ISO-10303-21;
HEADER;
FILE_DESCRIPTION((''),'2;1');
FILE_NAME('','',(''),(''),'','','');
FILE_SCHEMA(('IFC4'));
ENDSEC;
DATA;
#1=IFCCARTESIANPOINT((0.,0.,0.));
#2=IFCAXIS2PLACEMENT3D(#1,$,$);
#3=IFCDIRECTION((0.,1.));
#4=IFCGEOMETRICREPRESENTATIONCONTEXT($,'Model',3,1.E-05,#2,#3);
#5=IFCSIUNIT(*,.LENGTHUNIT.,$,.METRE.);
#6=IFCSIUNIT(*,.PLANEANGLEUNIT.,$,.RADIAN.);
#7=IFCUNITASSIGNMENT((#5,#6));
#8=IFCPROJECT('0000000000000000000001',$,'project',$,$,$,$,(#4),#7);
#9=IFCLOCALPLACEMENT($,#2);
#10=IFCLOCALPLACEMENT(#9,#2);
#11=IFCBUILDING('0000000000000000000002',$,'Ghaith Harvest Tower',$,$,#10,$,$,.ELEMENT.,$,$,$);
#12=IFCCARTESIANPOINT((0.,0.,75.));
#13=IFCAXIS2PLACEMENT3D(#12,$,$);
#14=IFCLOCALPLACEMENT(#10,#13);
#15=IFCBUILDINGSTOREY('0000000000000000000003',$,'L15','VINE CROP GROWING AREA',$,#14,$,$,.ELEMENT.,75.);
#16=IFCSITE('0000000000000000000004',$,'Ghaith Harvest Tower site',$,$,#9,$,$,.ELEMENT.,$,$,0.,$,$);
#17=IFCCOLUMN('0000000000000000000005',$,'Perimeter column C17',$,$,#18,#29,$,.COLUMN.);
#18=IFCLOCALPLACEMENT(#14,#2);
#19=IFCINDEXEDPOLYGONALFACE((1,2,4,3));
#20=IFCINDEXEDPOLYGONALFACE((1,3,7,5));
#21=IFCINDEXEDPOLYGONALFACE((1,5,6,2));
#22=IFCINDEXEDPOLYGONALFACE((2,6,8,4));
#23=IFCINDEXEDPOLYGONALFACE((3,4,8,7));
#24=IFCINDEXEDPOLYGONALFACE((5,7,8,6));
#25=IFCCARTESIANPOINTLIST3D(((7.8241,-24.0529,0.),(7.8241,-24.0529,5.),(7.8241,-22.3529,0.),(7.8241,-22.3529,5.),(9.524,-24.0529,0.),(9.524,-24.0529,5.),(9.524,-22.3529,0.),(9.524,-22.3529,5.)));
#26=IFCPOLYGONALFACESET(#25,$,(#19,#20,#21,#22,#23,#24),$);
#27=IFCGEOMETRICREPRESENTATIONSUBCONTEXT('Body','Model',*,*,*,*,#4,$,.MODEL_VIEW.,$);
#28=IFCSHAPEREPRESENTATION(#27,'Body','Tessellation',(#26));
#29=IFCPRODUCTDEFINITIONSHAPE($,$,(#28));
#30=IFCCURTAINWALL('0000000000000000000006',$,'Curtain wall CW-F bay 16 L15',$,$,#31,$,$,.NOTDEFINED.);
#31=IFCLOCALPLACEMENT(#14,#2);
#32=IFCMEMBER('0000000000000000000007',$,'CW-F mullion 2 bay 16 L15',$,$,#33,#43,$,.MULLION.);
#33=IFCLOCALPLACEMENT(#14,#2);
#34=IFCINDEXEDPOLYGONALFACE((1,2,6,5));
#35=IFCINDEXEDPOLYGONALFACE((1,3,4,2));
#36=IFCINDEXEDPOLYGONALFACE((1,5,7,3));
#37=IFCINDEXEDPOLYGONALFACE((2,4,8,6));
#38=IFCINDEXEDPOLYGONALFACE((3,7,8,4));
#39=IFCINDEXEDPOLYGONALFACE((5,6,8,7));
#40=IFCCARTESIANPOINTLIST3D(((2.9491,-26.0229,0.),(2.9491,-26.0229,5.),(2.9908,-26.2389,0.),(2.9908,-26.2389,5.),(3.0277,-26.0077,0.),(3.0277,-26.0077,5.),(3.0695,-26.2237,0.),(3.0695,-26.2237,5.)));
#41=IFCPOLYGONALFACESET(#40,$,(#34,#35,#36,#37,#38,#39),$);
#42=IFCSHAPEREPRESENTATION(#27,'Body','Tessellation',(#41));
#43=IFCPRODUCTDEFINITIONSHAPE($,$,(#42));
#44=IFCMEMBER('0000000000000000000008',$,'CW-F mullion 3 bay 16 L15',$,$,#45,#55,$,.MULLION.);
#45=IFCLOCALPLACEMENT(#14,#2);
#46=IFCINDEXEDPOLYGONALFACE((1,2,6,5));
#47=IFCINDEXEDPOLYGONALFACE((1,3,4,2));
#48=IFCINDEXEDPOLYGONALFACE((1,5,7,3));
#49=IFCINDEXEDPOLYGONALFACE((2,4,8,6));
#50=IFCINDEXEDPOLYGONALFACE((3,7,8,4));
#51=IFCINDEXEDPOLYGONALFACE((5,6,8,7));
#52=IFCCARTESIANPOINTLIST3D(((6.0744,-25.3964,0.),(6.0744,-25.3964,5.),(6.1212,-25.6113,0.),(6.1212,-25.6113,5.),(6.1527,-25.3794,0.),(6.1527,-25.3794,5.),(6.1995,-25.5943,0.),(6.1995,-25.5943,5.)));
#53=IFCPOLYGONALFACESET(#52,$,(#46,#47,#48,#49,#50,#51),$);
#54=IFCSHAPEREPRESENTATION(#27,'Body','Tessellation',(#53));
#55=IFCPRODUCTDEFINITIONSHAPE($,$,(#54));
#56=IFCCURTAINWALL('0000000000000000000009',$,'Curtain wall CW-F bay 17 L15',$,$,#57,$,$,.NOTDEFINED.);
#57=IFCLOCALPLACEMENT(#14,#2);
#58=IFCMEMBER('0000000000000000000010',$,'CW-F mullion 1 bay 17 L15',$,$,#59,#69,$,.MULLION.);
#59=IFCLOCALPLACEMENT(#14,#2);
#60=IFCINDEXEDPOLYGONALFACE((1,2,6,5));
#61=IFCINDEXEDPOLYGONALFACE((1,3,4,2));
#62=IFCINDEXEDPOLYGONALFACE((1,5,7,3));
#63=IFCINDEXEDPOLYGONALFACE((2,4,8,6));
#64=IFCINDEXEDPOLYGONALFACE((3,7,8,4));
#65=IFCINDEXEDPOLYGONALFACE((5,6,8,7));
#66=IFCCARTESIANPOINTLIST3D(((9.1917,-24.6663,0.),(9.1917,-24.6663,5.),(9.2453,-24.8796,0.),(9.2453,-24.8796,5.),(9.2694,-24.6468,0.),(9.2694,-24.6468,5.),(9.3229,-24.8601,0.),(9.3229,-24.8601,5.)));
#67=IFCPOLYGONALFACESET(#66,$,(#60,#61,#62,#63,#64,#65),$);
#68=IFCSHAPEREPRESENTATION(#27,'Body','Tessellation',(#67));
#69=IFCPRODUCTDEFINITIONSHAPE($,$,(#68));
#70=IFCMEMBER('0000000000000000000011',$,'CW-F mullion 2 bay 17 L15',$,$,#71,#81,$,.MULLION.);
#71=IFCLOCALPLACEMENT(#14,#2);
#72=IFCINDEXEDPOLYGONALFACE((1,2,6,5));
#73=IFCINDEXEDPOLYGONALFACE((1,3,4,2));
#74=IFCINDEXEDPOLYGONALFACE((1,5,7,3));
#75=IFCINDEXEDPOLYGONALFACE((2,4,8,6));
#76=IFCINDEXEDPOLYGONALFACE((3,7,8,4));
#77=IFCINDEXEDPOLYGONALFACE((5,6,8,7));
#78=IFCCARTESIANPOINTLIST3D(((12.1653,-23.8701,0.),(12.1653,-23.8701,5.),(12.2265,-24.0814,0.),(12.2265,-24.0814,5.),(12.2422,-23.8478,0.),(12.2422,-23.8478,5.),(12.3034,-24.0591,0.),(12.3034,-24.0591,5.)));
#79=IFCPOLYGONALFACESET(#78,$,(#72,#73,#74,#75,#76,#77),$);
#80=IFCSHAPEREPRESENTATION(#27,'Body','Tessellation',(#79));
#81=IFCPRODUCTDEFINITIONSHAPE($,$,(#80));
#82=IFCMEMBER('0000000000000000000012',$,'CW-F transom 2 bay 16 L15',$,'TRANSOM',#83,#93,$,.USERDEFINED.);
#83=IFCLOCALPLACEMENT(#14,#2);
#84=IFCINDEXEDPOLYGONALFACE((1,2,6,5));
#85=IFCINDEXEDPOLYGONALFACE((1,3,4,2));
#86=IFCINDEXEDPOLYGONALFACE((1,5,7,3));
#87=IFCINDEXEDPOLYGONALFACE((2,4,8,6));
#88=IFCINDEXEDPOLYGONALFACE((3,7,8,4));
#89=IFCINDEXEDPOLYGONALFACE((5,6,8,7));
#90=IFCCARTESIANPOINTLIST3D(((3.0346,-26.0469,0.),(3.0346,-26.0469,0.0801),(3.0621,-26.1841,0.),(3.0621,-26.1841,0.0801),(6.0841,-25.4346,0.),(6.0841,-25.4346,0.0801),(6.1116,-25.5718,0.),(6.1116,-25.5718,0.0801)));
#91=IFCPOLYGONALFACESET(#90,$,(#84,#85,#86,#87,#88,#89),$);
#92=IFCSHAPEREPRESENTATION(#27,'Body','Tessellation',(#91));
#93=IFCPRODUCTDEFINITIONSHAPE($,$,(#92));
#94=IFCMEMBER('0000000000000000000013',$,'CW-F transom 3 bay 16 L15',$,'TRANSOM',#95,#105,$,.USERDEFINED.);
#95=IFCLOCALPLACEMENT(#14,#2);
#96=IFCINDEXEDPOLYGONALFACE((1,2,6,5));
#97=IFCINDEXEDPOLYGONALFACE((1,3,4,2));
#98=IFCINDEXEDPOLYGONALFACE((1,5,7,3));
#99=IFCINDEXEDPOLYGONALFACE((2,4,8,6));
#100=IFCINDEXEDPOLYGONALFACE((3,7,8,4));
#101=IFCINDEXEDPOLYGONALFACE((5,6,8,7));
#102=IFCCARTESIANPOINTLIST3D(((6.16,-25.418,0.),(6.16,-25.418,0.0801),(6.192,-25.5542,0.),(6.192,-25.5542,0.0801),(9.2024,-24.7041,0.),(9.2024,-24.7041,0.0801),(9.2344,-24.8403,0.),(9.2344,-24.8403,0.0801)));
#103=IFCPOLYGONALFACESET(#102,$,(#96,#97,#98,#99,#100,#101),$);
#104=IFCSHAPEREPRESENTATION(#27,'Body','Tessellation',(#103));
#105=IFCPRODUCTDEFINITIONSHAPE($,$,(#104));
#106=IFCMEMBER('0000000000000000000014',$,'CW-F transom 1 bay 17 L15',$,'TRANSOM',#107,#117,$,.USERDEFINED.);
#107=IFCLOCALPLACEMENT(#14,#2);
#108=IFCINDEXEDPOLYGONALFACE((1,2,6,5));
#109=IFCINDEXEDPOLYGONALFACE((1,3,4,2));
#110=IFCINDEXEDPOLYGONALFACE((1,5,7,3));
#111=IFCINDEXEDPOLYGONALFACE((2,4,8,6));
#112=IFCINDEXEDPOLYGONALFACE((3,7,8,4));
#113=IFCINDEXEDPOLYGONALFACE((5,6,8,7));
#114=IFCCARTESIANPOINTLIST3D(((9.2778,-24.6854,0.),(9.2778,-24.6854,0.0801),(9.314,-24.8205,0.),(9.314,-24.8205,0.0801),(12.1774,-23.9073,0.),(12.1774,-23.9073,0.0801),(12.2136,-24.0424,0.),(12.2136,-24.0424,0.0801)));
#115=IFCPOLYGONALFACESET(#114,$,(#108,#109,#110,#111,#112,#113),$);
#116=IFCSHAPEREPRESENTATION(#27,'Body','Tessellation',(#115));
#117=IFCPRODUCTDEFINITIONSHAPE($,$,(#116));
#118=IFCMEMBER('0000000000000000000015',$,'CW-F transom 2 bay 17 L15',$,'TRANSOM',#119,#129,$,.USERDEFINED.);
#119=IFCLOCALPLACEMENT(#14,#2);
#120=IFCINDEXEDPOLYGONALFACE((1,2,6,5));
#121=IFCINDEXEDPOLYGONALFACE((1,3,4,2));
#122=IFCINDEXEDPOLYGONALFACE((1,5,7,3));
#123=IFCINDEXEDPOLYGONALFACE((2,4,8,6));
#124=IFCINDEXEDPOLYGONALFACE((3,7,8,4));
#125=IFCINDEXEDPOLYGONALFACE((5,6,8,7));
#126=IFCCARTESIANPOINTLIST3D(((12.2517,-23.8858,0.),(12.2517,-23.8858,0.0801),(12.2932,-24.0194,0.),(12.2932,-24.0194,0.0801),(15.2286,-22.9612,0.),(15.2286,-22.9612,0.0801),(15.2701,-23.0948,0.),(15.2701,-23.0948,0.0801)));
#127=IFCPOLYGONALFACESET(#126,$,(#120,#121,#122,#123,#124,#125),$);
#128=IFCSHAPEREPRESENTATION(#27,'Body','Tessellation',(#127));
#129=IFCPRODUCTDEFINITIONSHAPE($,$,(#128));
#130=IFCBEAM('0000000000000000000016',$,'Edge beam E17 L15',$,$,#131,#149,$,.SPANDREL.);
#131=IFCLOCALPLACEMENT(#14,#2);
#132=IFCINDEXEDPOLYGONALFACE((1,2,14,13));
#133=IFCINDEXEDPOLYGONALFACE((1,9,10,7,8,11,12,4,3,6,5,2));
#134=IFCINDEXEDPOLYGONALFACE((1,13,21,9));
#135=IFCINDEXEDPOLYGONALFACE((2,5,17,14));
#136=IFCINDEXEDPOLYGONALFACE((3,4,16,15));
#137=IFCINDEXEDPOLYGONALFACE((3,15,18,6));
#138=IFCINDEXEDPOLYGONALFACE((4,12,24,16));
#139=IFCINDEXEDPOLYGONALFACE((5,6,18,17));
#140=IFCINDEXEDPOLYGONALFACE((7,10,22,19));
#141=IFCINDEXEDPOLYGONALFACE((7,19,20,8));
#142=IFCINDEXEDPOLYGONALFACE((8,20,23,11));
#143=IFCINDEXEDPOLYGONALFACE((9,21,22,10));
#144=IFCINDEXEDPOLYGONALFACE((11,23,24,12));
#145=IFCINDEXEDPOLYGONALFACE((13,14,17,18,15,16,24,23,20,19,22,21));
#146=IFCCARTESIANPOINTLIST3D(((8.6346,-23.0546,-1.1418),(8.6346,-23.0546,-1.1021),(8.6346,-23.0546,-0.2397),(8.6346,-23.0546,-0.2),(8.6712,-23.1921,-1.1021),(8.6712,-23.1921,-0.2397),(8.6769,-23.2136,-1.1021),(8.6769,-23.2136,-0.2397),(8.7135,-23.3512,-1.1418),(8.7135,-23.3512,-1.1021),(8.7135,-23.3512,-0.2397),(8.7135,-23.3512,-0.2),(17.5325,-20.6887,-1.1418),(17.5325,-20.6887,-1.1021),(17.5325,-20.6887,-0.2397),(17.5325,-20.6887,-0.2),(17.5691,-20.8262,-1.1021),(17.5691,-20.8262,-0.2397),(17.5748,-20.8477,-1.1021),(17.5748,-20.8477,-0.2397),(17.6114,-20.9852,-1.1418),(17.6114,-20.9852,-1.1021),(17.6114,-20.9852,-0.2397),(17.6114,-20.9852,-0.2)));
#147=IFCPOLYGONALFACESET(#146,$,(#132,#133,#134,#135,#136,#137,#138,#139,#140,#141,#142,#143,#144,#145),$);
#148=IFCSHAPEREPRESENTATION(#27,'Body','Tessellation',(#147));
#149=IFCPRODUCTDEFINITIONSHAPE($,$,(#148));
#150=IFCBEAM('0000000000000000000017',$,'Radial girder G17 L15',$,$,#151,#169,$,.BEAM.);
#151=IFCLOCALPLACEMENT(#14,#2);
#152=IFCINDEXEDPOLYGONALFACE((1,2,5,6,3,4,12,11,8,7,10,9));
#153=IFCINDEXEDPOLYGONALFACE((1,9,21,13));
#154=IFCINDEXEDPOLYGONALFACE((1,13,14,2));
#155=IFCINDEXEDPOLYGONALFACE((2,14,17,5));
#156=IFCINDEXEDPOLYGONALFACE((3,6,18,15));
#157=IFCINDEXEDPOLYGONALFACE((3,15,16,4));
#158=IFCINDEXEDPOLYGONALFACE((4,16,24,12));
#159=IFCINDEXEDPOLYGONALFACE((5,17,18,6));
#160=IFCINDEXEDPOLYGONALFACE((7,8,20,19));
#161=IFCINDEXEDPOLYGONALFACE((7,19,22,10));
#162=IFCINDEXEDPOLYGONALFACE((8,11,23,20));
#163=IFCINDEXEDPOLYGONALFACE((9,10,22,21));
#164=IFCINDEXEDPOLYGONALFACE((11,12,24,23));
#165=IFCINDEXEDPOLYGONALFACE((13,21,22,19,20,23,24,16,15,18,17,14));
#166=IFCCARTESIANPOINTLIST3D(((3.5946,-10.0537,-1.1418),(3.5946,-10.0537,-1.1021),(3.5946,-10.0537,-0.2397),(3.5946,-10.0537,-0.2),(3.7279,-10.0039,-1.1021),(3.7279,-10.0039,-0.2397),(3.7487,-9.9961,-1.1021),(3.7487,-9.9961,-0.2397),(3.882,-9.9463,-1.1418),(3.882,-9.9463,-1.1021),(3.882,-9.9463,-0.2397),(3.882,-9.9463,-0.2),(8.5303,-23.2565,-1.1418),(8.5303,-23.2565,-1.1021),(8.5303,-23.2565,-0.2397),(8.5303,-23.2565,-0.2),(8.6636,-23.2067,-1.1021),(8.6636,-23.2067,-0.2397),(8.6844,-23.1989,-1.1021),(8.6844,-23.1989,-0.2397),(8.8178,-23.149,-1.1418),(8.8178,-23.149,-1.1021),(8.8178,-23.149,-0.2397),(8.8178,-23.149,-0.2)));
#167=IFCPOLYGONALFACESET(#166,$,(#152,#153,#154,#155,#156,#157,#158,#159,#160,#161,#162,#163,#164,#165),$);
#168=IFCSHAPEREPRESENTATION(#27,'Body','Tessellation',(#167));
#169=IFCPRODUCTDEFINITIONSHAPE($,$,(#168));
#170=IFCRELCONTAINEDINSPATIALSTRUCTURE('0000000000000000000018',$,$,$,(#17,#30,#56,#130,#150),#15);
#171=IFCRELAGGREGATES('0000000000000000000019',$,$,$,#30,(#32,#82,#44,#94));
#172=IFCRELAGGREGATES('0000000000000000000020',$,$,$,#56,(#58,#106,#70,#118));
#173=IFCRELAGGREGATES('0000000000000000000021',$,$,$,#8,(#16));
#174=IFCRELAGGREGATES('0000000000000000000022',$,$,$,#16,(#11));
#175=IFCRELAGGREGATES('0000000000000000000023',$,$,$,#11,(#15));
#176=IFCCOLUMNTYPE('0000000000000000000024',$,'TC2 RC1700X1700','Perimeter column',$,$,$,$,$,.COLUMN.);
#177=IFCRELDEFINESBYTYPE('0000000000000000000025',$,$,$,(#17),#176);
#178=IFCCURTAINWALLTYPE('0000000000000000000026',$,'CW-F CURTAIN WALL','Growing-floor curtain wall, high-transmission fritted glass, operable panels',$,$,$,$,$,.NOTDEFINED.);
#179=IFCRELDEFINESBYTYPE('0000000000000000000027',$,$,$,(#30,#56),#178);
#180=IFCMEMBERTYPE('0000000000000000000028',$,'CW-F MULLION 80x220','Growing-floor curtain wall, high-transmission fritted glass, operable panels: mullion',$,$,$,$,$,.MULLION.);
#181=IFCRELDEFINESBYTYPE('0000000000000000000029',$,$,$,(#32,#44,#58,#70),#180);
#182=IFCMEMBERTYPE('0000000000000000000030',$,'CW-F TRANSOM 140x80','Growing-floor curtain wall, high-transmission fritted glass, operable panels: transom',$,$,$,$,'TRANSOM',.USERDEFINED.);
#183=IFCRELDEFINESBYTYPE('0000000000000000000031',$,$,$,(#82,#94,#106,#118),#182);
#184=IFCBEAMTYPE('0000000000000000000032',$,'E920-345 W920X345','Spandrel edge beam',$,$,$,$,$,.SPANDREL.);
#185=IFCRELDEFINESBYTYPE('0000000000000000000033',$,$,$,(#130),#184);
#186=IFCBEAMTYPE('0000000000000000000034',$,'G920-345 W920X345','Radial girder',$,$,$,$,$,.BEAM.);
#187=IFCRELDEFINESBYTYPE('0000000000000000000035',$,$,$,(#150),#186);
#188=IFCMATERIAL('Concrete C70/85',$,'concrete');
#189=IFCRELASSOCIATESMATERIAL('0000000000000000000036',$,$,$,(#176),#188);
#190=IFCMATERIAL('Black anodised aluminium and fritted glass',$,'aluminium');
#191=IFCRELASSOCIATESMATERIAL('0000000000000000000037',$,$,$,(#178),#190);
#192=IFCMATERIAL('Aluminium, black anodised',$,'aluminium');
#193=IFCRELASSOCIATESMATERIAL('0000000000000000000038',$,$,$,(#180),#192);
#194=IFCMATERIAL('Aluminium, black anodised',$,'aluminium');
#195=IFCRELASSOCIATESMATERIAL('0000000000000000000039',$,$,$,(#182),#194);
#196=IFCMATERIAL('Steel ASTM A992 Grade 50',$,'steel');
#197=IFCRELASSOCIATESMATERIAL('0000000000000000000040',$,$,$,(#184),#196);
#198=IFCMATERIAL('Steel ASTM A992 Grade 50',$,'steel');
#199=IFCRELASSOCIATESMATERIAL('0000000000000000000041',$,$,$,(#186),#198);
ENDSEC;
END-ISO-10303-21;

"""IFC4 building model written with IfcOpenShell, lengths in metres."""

from ifc_helpers import new_model, si_unit, direction, frame, origin, origin_2d, place, context, subcontext, project, spatial, rectangle, i_section, extrude, material, material_profile, profile_set, type_object, element, aggregate, save


model = new_model("IFC4")

# Units and contexts
model_context = context("Model", 3, precision=1e-05, world=origin(), true_north=direction((0.0, 1.0)))
body_context = subcontext(model_context, "Body", "Model", "MODEL_VIEW")
ifc_project = project(units=[si_unit("LENGTHUNIT", "METRE"), si_unit("PLANEANGLEUNIT", "RADIAN")], contexts=[model_context])

# Site, building, storey
site_placement = place(None, origin())
site = spatial("IfcSite", under=ifc_project, at=site_placement, Name="Ghaith Harvest Tower site", CompositionType="ELEMENT", RefElevation=0.0)
building_placement = place(site_placement, origin())
building = spatial("IfcBuilding", under=site, at=building_placement, Name="Ghaith Harvest Tower", CompositionType="ELEMENT")
storey_placement = place(building_placement, frame((0.0, 0.0, 75.0)))
storey = spatial("IfcBuildingStorey", under=building, at=storey_placement, Name="L15", Description="VINE CROP GROWING AREA", CompositionType="ELEMENT", Elevation=75.0)

# Column
ifc_material_1 = material(Name="Concrete C70/85", Category="concrete")
ifc_material_profile_1 = material_profile(ifc_material_1, rectangle(XDim=1.7, YDim=1.7, at=origin_2d()), Name="RC1700X1700")
ifc_profile_set_1 = profile_set([ifc_material_profile_1], Name="Concrete C70/85")
column_type = type_object("IfcColumnType", Name="TC2 RC1700X1700", Description="Perimeter column", PredefinedType="COLUMN", material=ifc_profile_set_1)
column_placement = place(storey_placement, frame((8.6741, -23.2029, 0.0), z_axis=(0.0, 0.0, 1.0), x_axis=(1.0, 0.0, 0.0)))
element("IfcColumn", 1, at=column_placement, inside=storey, type_object=column_type, Name="Perimeter column C17", PredefinedType="COLUMN", context=body_context, shape_type="SweptSolid", body=[
    extrude(rectangle(XDim=1.7, YDim=1.7, at=origin_2d()), origin(), (0.0, 0.0, 1.0), 5.0),
])

# Curtain walls, members
ifc_material_2 = material(Name="Black anodised aluminium and fritted glass", Category="aluminium")
curtain_wall_type = type_object("IfcCurtainWallType", Name="CW-F CURTAIN WALL", Description="Growing-floor curtain wall, high-transmission fritted glass, operable panels", PredefinedType="NOTDEFINED", material=ifc_material_2)
curtain_wall_1_placement = place(storey_placement, origin())
curtain_wall_1 = element("IfcCurtainWall", 2, at=curtain_wall_1_placement, inside=storey, type_object=curtain_wall_type, Name="Curtain wall CW-F bay 16 L15", PredefinedType="NOTDEFINED")
ifc_material_3 = material(Name="Aluminium, black anodised", Category="aluminium")
ifc_material_profile_2 = material_profile(ifc_material_3, rectangle(XDim=0.0801, YDim=0.22, at=origin_2d()), Name="CW-F MULLION 80x220")
ifc_profile_set_2 = profile_set([ifc_material_profile_2], Name="Aluminium, black anodised")
member_type_1 = type_object("IfcMemberType", Name="CW-F MULLION 80x220", Description="Growing-floor curtain wall, high-transmission fritted glass, operable panels: mullion", PredefinedType="MULLION", material=ifc_profile_set_2)
member_1_placement = place(storey_placement, frame((3.0093, -26.1233, 0.0), z_axis=(0.0, 0.0, 1.0), x_axis=(0.981818, 0.189822, 0.0)))
member_1 = element("IfcMember", 3, at=member_1_placement, type_object=member_type_1, Name="CW-F mullion 2 bay 16 L15", PredefinedType="MULLION", context=body_context, shape_type="SweptSolid", body=[
    extrude(rectangle(XDim=0.0801, YDim=0.22, at=origin_2d()), origin(), (0.0, 0.0, 1.0), 5.0),
])
member_2_placement = place(storey_placement, frame((6.137, -25.4954, 0.0), z_axis=(0.0, 0.0, 1.0), x_axis=(0.977118, 0.212698, 0.0)))
member_2 = element("IfcMember", 4, at=member_2_placement, type_object=member_type_1, Name="CW-F mullion 3 bay 16 L15", PredefinedType="MULLION", context=body_context, shape_type="SweptSolid", body=[
    extrude(rectangle(XDim=0.0801, YDim=0.22, at=origin_2d()), origin(), (0.0, 0.0, 1.0), 5.0),
])
curtain_wall_2_placement = place(storey_placement, origin())
curtain_wall_2 = element("IfcCurtainWall", 5, at=curtain_wall_2_placement, inside=storey, type_object=curtain_wall_type, Name="Curtain wall CW-F bay 17 L15", PredefinedType="NOTDEFINED")
member_3_placement = place(storey_placement, frame((9.2573, -24.7632, 0.0), z_axis=(0.0, 0.0, 1.0), x_axis=(0.969903, 0.24349, 0.0)))
member_3 = element("IfcMember", 6, at=member_3_placement, type_object=member_type_1, Name="CW-F mullion 1 bay 17 L15", PredefinedType="MULLION", context=body_context, shape_type="SweptSolid", body=[
    extrude(rectangle(XDim=0.0801, YDim=0.22, at=origin_2d()), origin(), (0.0, 0.0, 1.0), 5.0),
])
member_4_placement = place(storey_placement, frame((12.2344, -23.9646, 0.0), z_axis=(0.0, 0.0, 1.0), x_axis=(0.960502, 0.278272, 0.0)))
member_4 = element("IfcMember", 7, at=member_4_placement, type_object=member_type_1, Name="CW-F mullion 2 bay 17 L15", PredefinedType="MULLION", context=body_context, shape_type="SweptSolid", body=[
    extrude(rectangle(XDim=0.0801, YDim=0.22, at=origin_2d()), origin(), (0.0, 0.0, 1.0), 5.0),
])

# Members
ifc_material_4 = material(Name="Aluminium, black anodised", Category="aluminium")
ifc_material_profile_3 = material_profile(ifc_material_4, rectangle(XDim=0.1399, YDim=0.0801, at=origin_2d()), Name="CW-F TRANSOM 140x80")
ifc_profile_set_3 = profile_set([ifc_material_profile_3], Name="Aluminium, black anodised")
member_type_2 = type_object("IfcMemberType", Name="CW-F TRANSOM 140x80", Description="Growing-floor curtain wall, high-transmission fritted glass, operable panels: transom", ElementType="TRANSOM", PredefinedType="USERDEFINED", material=ifc_profile_set_3)
member_5_placement = place(storey_placement, frame((3.0483, -26.1155, 0.04), z_axis=(0.980432, 0.196856, 0.0), x_axis=(-0.196856, 0.980432, 0.0)))
member_5 = element("IfcMember", 8, at=member_5_placement, type_object=member_type_2, Name="CW-F transom 2 bay 16 L15", ObjectType="TRANSOM", PredefinedType="USERDEFINED", context=body_context, shape_type="SweptSolid", body=[
    extrude(rectangle(XDim=0.1399, YDim=0.0801, at=origin_2d()), origin(), (0.0, 0.0, 1.0), 3.1104),
])
member_6_placement = place(storey_placement, frame((6.176, -25.4861, 0.04), z_axis=(0.97356, 0.22843, 0.0), x_axis=(-0.22843, 0.97356, 0.0)))
member_6 = element("IfcMember", 9, at=member_6_placement, type_object=member_type_2, Name="CW-F transom 3 bay 16 L15", ObjectType="TRANSOM", PredefinedType="USERDEFINED", context=body_context, shape_type="SweptSolid", body=[
    extrude(rectangle(XDim=0.1399, YDim=0.0801, at=origin_2d()), origin(), (0.0, 0.0, 1.0), 3.125),
])
member_7_placement = place(storey_placement, frame((9.2959, -24.7529, 0.04), z_axis=(0.965833, 0.259166, 0.0), x_axis=(-0.259166, 0.965833, 0.0)))
member_7 = element("IfcMember", 10, at=member_7_placement, type_object=member_type_2, Name="CW-F transom 1 bay 17 L15", ObjectType="TRANSOM", PredefinedType="USERDEFINED", context=body_context, shape_type="SweptSolid", body=[
    extrude(rectangle(XDim=0.1399, YDim=0.0801, at=origin_2d()), origin(), (0.0, 0.0, 1.0), 3.0022),
])
member_8_placement = place(storey_placement, frame((12.2725, -23.9526, 0.04), z_axis=(0.954998, 0.296611, 0.0), x_axis=(-0.296611, 0.954998, 0.0)))
member_8 = element("IfcMember", 11, at=member_8_placement, type_object=member_type_2, Name="CW-F transom 2 bay 17 L15", ObjectType="TRANSOM", PredefinedType="USERDEFINED", context=body_context, shape_type="SweptSolid", body=[
    extrude(rectangle(XDim=0.1399, YDim=0.0801, at=origin_2d()), origin(), (0.0, 0.0, 1.0), 3.1172),
])

# Beams
ifc_material_5 = material(Name="Steel ASTM A992 Grade 50", Category="steel")
ifc_material_profile_4 = material_profile(ifc_material_5, i_section(OverallWidth=0.3069, OverallDepth=0.9419, WebThickness=0.0222, FlangeThickness=0.0398, at=origin_2d()), Name="W920X345")
ifc_profile_set_4 = profile_set([ifc_material_profile_4], Name="Steel ASTM A992 Grade 50")
beam_type_1 = type_object("IfcBeamType", Name="E920-345 W920X345", Description="Spandrel edge beam", PredefinedType="SPANDREL", material=ifc_profile_set_4)
beam_1_placement = place(storey_placement, frame((8.6741, -23.2029, -0.6709), z_axis=(0.966419, 0.256971, 0.0), x_axis=(-0.256971, 0.966419, 0.0)))
element("IfcBeam", 12, at=beam_1_placement, inside=storey, type_object=beam_type_1, Name="Edge beam E17 L15", PredefinedType="SPANDREL", context=body_context, shape_type="SweptSolid", body=[
    extrude(i_section(OverallWidth=0.3069, OverallDepth=0.9419, WebThickness=0.0222, FlangeThickness=0.0398, at=origin_2d()), origin(), (0.0, 0.0, 1.0), 9.207),
])
ifc_material_6 = material(Name="Steel ASTM A992 Grade 50", Category="steel")
ifc_material_profile_5 = material_profile(ifc_material_6, i_section(OverallWidth=0.3069, OverallDepth=0.9419, WebThickness=0.0222, FlangeThickness=0.0398, at=origin_2d()), Name="W920X345")
ifc_profile_set_5 = profile_set([ifc_material_profile_5], Name="Steel ASTM A992 Grade 50")
beam_type_2 = type_object("IfcBeamType", Name="G920-345 W920X345", Description="Radial girder", PredefinedType="BEAM", material=ifc_profile_set_5)
beam_2_placement = place(storey_placement, frame((3.7383, -10.0, -0.6709), z_axis=(0.350172, -0.936685, 0.0), x_axis=(0.936685, 0.350172, 0.0)))
element("IfcBeam", 13, at=beam_2_placement, inside=storey, type_object=beam_type_2, Name="Radial girder G17 L15", PredefinedType="BEAM", context=body_context, shape_type="SweptSolid", body=[
    extrude(i_section(OverallWidth=0.3069, OverallDepth=0.9419, WebThickness=0.0222, FlangeThickness=0.0398, at=origin_2d()), origin(), (0.0, 0.0, 1.0), 14.0952),
])

aggregate(curtain_wall_1, [member_1, member_5, member_2, member_6])
aggregate(curtain_wall_2, [member_3, member_7, member_4, member_8])

save(model, "model.ifc")
